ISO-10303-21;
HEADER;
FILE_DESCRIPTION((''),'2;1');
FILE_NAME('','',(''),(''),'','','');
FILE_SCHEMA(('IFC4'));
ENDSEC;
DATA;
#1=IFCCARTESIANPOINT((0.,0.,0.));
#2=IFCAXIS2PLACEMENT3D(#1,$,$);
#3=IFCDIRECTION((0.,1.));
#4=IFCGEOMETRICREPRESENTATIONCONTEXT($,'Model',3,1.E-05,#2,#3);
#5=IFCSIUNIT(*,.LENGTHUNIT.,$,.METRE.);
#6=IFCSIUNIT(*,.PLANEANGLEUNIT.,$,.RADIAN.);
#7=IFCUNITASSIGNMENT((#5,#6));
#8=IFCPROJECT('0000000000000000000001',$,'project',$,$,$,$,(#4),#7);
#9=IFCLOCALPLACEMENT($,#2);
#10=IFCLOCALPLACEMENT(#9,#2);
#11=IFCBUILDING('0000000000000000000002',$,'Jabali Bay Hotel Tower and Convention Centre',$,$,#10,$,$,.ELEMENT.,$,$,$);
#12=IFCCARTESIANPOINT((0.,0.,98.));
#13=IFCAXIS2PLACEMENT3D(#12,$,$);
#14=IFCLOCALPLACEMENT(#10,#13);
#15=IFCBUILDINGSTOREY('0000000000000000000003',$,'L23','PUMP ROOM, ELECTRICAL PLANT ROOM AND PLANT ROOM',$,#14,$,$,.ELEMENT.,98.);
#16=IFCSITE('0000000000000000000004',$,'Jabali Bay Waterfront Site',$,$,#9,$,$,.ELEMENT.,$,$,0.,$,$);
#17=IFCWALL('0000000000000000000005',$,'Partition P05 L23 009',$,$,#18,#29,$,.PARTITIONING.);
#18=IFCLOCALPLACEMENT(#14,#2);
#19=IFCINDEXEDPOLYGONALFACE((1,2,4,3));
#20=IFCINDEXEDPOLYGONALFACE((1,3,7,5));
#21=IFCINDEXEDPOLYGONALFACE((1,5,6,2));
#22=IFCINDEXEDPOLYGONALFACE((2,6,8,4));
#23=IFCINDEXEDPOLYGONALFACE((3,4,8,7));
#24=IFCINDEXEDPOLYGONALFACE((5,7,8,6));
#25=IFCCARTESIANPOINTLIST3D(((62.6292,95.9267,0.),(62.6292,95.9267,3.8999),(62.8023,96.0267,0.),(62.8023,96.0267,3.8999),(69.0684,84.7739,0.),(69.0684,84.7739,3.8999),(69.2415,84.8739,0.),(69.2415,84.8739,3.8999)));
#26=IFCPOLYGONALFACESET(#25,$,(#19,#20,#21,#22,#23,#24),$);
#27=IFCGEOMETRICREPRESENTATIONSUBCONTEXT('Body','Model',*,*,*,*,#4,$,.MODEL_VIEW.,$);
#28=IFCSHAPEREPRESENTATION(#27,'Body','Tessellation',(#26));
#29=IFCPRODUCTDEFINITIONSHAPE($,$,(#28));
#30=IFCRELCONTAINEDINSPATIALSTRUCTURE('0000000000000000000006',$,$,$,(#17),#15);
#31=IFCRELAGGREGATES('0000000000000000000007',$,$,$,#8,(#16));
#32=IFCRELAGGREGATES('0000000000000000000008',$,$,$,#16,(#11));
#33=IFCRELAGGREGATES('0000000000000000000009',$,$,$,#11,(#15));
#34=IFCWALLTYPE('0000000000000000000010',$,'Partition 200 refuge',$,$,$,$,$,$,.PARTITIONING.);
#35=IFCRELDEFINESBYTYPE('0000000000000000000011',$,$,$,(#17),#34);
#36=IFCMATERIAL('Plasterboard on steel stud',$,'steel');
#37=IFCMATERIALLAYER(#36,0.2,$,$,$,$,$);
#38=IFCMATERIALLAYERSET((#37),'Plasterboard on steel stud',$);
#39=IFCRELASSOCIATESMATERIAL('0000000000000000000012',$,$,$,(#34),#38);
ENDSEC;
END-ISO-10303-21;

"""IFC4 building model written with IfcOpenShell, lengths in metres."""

from ifc_helpers import new_model, si_unit, direction, frame, frame_2d, origin, place, context, subcontext, project, spatial, rectangle, extrude, material, layer, layer_set, type_object, element, save


model = new_model("IFC4")

# Units and contexts
model_context = context("Model", 3, precision=1e-05, world=origin(), true_north=direction((0.0, 1.0)))
body_context = subcontext(model_context, "Body", "Model", "MODEL_VIEW")
ifc_project = project(units=[si_unit("LENGTHUNIT", "METRE"), si_unit("PLANEANGLEUNIT", "RADIAN")], contexts=[model_context])

# Site, building, storey
site_placement = place(None, origin())
site = spatial("IfcSite", under=ifc_project, at=site_placement, Name="Jabali Bay Waterfront Site", CompositionType="ELEMENT", RefElevation=0.0)
building_placement = place(site_placement, origin())
building = spatial("IfcBuilding", under=site, at=building_placement, Name="Jabali Bay Hotel Tower and Convention Centre", CompositionType="ELEMENT")
storey_placement = place(building_placement, frame((0.0, 0.0, 98.0)))
storey = spatial("IfcBuildingStorey", under=building, at=storey_placement, Name="L23", Description="PUMP ROOM, ELECTRICAL PLANT ROOM AND PLANT ROOM", CompositionType="ELEMENT", Elevation=98.0)

# Shared definitions
ifc_material_1 = material(Name="Plasterboard on steel stud", Category="steel")
ifc_layer_1 = layer(ifc_material_1, 0.2)
ifc_layer_set_1 = layer_set([ifc_layer_1], Name="Plasterboard on steel stud")
wall_type_1 = type_object("IfcWallType", Name="Partition 200 refuge", PredefinedType="PARTITIONING", material=ifc_layer_set_1)

# Wall
wall_1_placement = place(storey_placement, frame((62.7158, 95.9766, 0.0), z_axis=(0.0, 0.0, 1.0), x_axis=(0.500007, -0.866021, 0.0)))
element("IfcWall", 1, at=wall_1_placement, inside=storey, type_object=wall_type_1, Name="Partition P05 L23 009", PredefinedType="PARTITIONING", context=body_context, shape_type="SweptSolid", body=[
    extrude(rectangle(XDim=12.8782, YDim=0.2, at=frame_2d((6.439, 0.0))), origin(), (0.0, 0.0, 1.0), 3.8999),
])

save(model, "model.ifc")
